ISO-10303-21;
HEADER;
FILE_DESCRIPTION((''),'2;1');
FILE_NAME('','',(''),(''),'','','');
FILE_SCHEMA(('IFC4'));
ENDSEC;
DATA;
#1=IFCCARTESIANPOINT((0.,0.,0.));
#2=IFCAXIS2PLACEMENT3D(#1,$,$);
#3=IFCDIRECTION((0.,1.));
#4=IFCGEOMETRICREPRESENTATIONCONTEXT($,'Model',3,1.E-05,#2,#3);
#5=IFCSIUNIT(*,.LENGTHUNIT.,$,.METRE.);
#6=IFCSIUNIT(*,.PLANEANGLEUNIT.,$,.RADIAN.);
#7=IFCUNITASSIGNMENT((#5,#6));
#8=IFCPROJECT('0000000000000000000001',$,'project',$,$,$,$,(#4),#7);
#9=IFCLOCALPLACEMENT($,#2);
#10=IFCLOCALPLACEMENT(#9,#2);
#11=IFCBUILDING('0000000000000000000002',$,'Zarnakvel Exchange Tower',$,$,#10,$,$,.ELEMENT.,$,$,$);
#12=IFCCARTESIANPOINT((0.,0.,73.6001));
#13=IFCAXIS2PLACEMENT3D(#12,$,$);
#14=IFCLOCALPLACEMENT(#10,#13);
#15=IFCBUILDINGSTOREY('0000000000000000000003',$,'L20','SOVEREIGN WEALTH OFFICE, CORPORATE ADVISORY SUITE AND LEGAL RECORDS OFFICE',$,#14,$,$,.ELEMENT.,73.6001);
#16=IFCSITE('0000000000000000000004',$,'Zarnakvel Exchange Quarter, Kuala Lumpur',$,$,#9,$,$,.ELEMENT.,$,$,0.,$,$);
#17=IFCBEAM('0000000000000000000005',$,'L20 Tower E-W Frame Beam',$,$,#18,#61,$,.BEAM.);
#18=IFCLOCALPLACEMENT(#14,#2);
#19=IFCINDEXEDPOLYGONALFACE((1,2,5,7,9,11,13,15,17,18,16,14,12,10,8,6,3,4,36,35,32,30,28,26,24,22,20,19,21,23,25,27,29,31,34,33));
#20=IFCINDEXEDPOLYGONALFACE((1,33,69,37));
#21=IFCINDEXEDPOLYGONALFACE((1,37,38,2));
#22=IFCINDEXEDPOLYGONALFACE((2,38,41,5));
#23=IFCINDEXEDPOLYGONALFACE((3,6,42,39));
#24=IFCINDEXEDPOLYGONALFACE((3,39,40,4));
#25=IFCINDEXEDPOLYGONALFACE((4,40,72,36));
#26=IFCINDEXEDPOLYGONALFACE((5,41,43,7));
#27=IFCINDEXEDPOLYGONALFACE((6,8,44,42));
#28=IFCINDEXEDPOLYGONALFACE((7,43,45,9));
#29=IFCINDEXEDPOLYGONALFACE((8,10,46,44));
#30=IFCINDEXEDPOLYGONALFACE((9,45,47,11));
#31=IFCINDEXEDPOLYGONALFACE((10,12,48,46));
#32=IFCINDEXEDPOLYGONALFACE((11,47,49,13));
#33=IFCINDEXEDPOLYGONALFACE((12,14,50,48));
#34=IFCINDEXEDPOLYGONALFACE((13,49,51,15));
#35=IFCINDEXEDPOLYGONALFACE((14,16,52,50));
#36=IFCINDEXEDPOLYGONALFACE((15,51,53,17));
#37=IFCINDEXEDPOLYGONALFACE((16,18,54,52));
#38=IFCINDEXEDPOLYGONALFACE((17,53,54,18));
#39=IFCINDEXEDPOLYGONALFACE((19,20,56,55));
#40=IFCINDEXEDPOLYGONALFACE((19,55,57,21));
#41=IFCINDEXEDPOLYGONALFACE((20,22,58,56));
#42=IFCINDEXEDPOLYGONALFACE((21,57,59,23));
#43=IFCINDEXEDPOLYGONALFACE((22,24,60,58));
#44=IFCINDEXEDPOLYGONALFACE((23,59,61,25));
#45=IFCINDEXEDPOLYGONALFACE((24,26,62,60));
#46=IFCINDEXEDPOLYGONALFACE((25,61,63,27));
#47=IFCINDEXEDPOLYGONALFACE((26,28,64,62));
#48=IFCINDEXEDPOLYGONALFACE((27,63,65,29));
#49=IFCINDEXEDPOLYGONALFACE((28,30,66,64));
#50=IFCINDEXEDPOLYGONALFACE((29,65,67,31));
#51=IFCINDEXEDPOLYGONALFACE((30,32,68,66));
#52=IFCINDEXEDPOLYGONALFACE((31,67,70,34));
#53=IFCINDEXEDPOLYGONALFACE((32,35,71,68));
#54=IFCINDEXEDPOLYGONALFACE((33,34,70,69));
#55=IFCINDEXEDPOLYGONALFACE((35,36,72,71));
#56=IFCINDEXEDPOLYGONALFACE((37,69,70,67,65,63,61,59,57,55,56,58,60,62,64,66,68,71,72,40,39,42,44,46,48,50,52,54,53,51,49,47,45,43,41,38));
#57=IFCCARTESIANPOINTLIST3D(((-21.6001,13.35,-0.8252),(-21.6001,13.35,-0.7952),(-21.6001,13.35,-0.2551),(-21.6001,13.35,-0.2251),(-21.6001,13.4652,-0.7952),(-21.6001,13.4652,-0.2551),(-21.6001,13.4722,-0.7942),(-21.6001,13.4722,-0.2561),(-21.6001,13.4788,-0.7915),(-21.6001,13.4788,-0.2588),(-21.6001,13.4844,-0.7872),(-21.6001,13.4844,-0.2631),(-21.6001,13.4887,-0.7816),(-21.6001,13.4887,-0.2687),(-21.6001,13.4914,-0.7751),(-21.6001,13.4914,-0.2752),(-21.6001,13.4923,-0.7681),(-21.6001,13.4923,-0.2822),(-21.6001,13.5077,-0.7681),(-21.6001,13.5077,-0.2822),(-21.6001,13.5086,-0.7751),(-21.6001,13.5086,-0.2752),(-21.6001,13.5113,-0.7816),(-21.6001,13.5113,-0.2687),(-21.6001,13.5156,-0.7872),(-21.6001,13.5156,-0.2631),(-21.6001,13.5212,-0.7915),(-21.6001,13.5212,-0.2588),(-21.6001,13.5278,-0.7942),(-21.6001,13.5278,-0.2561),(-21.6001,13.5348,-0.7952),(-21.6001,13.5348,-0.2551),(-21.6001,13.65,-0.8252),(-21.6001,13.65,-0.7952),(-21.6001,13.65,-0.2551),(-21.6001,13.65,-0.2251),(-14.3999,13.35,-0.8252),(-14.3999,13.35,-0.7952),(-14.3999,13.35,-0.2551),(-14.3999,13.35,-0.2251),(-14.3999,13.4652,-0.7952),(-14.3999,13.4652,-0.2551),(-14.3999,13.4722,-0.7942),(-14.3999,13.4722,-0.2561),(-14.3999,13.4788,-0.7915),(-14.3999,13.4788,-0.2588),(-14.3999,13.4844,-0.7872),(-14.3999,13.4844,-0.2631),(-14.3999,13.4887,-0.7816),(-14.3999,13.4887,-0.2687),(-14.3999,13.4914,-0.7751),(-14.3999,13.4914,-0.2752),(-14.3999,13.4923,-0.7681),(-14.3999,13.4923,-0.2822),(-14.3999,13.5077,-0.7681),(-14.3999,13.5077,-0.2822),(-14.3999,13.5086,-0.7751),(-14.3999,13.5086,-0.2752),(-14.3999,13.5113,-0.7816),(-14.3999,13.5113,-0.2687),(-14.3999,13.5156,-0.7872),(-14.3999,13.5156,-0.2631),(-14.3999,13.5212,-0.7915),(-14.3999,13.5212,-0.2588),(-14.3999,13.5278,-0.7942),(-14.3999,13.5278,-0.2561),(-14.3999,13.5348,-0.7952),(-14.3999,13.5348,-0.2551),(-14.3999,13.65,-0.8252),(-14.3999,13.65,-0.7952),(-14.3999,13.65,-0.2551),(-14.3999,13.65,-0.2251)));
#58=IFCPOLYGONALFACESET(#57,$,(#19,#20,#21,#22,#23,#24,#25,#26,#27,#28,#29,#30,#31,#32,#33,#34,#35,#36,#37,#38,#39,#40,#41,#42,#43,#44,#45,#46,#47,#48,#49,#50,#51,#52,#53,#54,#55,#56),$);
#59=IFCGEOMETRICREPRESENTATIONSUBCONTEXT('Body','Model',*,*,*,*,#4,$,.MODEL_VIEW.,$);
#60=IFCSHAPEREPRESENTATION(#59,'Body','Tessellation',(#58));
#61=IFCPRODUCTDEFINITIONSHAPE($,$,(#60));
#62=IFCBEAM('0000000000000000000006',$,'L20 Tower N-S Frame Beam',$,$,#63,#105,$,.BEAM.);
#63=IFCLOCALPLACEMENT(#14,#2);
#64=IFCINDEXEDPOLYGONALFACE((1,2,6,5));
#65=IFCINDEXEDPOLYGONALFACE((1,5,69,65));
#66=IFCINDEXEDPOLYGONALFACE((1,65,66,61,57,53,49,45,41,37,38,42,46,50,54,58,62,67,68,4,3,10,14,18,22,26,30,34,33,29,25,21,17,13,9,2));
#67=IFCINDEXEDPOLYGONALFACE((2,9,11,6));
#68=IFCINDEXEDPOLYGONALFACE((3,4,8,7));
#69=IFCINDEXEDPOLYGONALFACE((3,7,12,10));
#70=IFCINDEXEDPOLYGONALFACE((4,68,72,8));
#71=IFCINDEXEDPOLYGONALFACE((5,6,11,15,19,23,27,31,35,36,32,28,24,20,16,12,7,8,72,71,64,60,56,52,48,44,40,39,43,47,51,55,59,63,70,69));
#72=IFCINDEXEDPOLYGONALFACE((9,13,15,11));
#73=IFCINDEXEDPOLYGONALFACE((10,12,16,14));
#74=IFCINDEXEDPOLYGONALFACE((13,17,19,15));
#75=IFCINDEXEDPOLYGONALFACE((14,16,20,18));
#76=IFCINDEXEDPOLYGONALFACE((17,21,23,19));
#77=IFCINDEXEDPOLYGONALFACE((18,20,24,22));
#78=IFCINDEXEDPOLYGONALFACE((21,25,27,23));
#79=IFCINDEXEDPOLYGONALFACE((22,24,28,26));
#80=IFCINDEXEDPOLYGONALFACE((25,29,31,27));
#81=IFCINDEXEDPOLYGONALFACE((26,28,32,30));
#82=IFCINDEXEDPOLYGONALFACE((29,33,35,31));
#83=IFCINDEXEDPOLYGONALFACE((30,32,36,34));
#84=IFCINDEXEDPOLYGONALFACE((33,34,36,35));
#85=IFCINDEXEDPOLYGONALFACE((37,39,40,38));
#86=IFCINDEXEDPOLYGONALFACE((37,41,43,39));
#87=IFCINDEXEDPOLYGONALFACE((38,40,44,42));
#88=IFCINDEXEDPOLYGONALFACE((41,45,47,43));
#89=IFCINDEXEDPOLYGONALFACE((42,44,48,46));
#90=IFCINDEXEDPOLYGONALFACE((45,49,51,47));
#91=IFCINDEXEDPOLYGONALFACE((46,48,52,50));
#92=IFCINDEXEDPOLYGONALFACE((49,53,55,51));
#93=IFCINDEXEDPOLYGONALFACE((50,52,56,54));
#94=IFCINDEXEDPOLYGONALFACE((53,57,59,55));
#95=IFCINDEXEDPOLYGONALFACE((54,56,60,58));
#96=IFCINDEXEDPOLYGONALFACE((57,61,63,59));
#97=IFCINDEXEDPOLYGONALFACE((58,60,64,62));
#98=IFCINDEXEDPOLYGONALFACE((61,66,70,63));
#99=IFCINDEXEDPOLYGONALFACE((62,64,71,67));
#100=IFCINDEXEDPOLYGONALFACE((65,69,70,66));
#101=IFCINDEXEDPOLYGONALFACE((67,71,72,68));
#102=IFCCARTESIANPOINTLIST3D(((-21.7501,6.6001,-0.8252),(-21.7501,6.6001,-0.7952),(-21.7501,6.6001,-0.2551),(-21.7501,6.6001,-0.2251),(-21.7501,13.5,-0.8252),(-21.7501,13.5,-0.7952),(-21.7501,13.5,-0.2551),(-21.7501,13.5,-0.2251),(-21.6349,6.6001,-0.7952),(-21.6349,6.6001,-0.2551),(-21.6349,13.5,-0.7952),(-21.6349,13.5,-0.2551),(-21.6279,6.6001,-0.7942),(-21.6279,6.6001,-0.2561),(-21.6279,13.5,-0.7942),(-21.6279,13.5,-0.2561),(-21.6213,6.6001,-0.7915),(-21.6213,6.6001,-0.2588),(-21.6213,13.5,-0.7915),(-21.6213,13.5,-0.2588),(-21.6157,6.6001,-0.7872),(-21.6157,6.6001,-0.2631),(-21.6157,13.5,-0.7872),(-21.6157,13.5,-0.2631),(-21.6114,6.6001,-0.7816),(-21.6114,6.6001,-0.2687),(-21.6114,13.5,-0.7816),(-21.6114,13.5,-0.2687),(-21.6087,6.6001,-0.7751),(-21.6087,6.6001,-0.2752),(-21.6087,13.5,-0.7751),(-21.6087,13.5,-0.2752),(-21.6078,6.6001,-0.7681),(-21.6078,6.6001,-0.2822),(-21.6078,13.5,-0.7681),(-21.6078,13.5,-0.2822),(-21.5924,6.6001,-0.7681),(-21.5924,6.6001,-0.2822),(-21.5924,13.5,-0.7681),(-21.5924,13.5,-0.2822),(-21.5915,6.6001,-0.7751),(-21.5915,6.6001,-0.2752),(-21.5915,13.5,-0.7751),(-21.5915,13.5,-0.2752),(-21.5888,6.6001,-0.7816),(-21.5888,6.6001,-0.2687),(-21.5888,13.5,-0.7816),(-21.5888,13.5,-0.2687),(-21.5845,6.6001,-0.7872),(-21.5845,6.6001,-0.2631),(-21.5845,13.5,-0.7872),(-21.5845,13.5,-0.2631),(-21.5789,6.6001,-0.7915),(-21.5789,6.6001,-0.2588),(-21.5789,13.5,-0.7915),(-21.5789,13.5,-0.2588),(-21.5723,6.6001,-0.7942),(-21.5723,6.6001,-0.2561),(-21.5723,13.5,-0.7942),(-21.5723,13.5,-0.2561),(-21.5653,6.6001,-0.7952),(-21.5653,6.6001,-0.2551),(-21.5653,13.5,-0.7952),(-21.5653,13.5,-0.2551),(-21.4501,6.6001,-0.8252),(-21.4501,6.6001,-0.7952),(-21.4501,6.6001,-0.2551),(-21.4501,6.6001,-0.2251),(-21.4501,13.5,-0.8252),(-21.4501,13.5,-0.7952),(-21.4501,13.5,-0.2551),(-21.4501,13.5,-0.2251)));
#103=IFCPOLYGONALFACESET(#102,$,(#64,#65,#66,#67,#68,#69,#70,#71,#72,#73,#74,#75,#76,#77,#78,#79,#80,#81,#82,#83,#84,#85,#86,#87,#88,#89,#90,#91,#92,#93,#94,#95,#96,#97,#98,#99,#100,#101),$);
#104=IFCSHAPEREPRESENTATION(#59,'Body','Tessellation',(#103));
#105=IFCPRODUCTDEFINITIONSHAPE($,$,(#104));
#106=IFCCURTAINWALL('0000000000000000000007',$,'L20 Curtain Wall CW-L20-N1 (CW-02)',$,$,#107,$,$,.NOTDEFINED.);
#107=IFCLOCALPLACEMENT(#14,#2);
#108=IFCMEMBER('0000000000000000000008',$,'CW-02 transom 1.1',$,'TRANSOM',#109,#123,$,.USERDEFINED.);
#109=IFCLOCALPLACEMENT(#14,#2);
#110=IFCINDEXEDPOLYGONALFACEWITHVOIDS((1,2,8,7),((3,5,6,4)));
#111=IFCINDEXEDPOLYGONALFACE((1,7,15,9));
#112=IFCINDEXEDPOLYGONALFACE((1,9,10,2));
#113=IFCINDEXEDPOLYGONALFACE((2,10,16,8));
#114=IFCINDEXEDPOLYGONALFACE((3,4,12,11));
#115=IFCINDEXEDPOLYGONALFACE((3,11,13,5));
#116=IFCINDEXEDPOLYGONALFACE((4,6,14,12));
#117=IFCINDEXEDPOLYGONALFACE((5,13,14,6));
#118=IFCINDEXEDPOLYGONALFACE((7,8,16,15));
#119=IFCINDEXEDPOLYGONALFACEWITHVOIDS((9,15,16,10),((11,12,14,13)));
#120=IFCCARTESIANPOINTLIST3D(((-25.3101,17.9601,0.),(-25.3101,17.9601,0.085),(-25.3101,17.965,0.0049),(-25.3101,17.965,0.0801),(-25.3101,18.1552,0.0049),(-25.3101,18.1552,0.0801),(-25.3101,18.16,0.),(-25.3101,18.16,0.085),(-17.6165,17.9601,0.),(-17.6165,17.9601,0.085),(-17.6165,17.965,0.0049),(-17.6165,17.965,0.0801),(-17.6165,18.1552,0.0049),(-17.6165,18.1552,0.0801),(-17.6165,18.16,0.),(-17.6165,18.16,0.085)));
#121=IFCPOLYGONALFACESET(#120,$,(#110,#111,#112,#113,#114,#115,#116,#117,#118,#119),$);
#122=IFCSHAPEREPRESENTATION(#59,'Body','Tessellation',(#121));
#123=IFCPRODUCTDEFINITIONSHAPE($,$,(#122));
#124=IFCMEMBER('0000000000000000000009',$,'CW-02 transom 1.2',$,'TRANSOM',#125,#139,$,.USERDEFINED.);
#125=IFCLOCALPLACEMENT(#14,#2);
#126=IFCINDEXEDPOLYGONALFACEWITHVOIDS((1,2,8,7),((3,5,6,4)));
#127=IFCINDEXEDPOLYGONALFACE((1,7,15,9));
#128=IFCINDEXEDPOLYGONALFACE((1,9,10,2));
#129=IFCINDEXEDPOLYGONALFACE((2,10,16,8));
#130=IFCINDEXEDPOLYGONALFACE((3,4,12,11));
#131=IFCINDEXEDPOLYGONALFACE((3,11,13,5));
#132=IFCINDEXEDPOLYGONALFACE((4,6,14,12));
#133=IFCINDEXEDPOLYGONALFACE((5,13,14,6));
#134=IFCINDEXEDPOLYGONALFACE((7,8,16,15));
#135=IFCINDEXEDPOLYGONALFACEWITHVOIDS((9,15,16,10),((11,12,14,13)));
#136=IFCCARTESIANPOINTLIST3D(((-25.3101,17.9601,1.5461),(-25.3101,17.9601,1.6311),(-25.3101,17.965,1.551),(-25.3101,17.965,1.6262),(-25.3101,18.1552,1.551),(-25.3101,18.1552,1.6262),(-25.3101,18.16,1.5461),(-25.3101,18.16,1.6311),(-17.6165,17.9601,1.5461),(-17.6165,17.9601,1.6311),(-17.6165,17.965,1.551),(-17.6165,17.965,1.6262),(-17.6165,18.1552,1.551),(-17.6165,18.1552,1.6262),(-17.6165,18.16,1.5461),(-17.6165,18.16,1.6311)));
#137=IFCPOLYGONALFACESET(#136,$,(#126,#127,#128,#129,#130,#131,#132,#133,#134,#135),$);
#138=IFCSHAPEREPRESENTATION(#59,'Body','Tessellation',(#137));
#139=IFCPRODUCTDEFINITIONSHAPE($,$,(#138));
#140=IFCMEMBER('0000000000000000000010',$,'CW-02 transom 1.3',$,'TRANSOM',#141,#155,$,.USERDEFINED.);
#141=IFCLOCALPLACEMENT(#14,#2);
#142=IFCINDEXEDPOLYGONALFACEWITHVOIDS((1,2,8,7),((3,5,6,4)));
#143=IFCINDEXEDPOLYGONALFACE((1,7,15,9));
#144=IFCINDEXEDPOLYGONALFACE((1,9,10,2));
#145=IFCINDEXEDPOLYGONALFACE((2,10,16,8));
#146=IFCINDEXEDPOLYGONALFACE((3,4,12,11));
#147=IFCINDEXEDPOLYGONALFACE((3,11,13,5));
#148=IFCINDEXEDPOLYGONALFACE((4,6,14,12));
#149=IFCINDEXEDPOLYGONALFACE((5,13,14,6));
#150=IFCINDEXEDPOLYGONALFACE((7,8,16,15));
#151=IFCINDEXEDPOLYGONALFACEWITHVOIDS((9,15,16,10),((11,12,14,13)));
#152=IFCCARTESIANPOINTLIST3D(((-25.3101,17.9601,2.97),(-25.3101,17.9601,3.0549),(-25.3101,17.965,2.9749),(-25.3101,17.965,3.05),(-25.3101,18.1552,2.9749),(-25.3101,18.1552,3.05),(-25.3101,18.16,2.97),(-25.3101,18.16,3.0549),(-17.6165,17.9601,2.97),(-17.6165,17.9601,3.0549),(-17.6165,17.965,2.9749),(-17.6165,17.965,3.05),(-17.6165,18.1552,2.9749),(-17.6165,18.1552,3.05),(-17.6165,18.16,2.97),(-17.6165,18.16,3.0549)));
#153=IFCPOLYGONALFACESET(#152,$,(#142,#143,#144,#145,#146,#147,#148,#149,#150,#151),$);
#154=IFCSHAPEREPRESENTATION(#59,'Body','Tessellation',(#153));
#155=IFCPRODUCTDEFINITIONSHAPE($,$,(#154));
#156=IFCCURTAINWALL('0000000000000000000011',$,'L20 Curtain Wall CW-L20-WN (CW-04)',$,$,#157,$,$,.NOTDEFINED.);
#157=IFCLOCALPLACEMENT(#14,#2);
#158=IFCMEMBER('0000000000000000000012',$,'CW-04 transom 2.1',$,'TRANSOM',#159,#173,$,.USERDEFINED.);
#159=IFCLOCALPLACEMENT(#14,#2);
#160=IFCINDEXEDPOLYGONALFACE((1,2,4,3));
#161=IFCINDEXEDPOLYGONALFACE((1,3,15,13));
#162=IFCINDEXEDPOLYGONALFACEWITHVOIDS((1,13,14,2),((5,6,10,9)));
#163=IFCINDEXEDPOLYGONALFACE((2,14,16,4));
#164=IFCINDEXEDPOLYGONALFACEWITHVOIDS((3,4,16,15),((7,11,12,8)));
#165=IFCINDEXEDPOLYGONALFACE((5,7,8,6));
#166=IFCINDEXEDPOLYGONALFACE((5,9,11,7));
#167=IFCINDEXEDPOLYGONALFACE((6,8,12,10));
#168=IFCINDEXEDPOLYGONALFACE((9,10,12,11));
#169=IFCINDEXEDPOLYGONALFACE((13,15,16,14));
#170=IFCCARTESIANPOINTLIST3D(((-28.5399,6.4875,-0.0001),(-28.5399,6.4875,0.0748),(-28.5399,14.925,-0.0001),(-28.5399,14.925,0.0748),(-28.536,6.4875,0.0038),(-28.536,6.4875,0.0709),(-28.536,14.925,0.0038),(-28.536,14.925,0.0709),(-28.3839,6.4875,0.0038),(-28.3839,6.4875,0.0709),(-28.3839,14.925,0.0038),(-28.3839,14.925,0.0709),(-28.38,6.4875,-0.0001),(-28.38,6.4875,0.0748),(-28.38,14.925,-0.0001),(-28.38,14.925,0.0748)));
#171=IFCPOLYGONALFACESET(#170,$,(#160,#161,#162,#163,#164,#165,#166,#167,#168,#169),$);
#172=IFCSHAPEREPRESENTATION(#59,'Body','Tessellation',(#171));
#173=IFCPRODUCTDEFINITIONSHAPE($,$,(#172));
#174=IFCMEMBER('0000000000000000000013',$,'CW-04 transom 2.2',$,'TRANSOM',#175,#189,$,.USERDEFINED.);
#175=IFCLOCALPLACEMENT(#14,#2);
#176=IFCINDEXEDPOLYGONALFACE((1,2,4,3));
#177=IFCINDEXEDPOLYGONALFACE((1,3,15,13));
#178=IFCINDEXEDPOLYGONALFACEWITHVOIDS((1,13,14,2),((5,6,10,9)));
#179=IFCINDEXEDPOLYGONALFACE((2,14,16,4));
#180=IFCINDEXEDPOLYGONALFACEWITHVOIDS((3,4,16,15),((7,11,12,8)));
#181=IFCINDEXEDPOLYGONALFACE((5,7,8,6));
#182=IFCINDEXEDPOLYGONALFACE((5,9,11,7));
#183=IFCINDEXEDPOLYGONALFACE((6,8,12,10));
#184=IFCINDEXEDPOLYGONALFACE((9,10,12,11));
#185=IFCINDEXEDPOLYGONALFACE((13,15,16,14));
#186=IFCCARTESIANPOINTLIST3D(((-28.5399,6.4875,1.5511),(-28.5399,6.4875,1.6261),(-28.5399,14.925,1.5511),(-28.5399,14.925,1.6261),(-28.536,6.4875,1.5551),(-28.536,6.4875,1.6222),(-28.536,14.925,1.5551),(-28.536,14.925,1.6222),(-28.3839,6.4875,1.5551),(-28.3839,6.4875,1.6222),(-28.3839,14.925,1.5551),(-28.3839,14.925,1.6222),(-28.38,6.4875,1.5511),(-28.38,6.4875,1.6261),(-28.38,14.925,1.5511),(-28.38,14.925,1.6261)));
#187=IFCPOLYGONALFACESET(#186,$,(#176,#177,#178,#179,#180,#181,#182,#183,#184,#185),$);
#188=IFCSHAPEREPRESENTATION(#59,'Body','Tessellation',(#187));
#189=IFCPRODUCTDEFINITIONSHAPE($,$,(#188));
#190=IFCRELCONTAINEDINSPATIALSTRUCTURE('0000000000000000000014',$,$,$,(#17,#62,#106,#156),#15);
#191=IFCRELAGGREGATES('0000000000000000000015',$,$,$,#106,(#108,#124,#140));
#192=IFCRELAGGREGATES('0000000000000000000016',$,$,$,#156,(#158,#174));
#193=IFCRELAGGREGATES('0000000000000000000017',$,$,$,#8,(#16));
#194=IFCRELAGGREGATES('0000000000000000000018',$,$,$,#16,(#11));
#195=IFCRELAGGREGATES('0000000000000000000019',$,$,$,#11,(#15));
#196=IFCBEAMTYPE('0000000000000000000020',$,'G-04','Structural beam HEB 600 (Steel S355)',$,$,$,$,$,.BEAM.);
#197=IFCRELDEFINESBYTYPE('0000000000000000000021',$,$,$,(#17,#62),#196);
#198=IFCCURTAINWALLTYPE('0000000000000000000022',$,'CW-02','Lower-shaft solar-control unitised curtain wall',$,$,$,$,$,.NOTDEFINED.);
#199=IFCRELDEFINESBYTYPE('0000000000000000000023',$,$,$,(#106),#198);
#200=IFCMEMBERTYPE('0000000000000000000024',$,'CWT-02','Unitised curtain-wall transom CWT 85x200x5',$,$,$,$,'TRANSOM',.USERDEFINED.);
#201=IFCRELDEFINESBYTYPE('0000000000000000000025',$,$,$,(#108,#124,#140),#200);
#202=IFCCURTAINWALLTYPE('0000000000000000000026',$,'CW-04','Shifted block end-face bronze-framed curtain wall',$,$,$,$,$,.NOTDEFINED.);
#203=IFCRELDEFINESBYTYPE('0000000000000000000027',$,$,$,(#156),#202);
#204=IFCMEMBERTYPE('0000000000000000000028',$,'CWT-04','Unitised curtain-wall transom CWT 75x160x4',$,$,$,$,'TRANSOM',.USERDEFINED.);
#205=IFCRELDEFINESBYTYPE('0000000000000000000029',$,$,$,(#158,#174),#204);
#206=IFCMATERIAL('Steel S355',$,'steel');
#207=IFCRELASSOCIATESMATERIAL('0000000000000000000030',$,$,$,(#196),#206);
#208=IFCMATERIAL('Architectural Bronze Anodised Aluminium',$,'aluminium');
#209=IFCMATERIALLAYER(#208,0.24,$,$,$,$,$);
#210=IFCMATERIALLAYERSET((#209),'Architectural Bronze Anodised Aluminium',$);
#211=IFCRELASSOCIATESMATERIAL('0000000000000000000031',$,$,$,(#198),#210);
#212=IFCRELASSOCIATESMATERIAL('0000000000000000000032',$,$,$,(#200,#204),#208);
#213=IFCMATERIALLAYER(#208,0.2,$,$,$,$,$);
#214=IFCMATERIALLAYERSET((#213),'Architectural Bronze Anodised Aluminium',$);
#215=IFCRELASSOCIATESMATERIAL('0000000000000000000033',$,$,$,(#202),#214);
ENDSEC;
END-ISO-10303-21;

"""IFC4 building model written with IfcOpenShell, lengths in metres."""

from ifc_helpers import new_model, si_unit, direction, frame, origin, origin_2d, place, context, subcontext, project, spatial, hollow_rectangle, i_section, extrude, source, transform, mapped, material, layer, layer_set, material_profile, profile_set, type_object, element, aggregate, save


model = new_model("IFC4")

# Units and contexts
model_context = context("Model", 3, precision=1e-05, world=origin(), true_north=direction((0.0, 1.0)))
body_context = subcontext(model_context, "Body", "Model", "MODEL_VIEW")
ifc_project = project(units=[si_unit("LENGTHUNIT", "METRE"), si_unit("PLANEANGLEUNIT", "RADIAN")], contexts=[model_context])

# Site, building, storey
site_placement = place(None, origin())
site = spatial("IfcSite", under=ifc_project, at=site_placement, Name="Zarnakvel Exchange Quarter, Kuala Lumpur", CompositionType="ELEMENT", RefElevation=0.0)
building_placement = place(site_placement, origin())
building = spatial("IfcBuilding", under=site, at=building_placement, Name="Zarnakvel Exchange Tower", CompositionType="ELEMENT")
storey_placement = place(building_placement, frame((0.0, 0.0, 73.6001)))
storey = spatial("IfcBuildingStorey", under=building, at=storey_placement, Name="L20", Description="SOVEREIGN WEALTH OFFICE, CORPORATE ADVISORY SUITE AND LEGAL RECORDS OFFICE", CompositionType="ELEMENT", Elevation=73.6001)

# Shared definitions
ifc_material_1 = material(Name="Steel S355", Category="steel")

# Beams
ifc_material_profile_1 = material_profile(ifc_material_1, i_section(OverallWidth=0.3, OverallDepth=0.6001, WebThickness=0.0154, FlangeThickness=0.03, FilletRadius=0.0271, at=origin_2d()))
ifc_profile_set_1 = profile_set([ifc_material_profile_1], Name="Steel S355")
beam_type = type_object("IfcBeamType", Name="G-04", Description="Structural beam HEB 600 (Steel S355)", PredefinedType="BEAM", material=ifc_profile_set_1)
beam_1_placement = place(storey_placement, frame((-21.6001, 13.5, -0.5251), z_axis=(1.0, 0.0, 0.0), x_axis=(0.0, 1.0, 0.0)))
element("IfcBeam", 1, at=beam_1_placement, inside=storey, type_object=beam_type, Name="L20 Tower E-W Frame Beam", PredefinedType="BEAM", context=body_context, shape_type="SweptSolid", body=[
    extrude(i_section(OverallWidth=0.3, OverallDepth=0.6001, WebThickness=0.0154, FlangeThickness=0.03, FilletRadius=0.0271, at=origin_2d()), origin(), (0.0, 0.0, 1.0), 7.2002),
])
beam_2_placement = place(storey_placement, frame((-21.6001, 6.6001, -0.5251), z_axis=(0.0, 1.0, 0.0), x_axis=(-1.0, 0.0, 0.0)))
element("IfcBeam", 2, at=beam_2_placement, inside=storey, type_object=beam_type, Name="L20 Tower N-S Frame Beam", PredefinedType="BEAM", context=body_context, shape_type="SweptSolid", body=[
    extrude(i_section(OverallWidth=0.3, OverallDepth=0.6001, WebThickness=0.0154, FlangeThickness=0.03, FilletRadius=0.0271, at=origin_2d()), origin(), (0.0, 0.0, 1.0), 6.8999),
])

# Curtain walls, members
ifc_material_2 = material(Name="Architectural Bronze Anodised Aluminium", Category="aluminium")
ifc_layer_1 = layer(ifc_material_2, 0.24)
ifc_layer_set_1 = layer_set([ifc_layer_1], Name="Architectural Bronze Anodised Aluminium")
curtain_wall_type_1 = type_object("IfcCurtainWallType", Name="CW-02", Description="Lower-shaft solar-control unitised curtain wall", PredefinedType="NOTDEFINED", material=ifc_layer_set_1)
curtain_wall_1_placement = place(storey_placement, origin())
curtain_wall_1 = element("IfcCurtainWall", 3, at=curtain_wall_1_placement, inside=storey, type_object=curtain_wall_type_1, Name="L20 Curtain Wall CW-L20-N1 (CW-02)", PredefinedType="NOTDEFINED")
ifc_material_profile_2 = material_profile(ifc_material_2, hollow_rectangle(XDim=0.2, YDim=0.085, WallThickness=0.0049, at=origin_2d()))
ifc_profile_set_2 = profile_set([ifc_material_profile_2], Name="Architectural Bronze Anodised Aluminium")
member_type_1 = type_object("IfcMemberType", Name="CWT-02", Description="Unitised curtain-wall transom CWT 85x200x5", ElementType="TRANSOM", PredefinedType="USERDEFINED", material=ifc_profile_set_2)
shared_shape_1 = source(origin(), body_context, "Body", "SweptSolid", [
    extrude(hollow_rectangle(XDim=0.2, YDim=0.085, WallThickness=0.0049, at=origin_2d()), origin(), (0.0, 0.0, 1.0), 7.6936),
])
member_1_placement = place(storey_placement, frame((-25.3101, 18.0601, 0.0425), z_axis=(1.0, 0.0, 0.0), x_axis=(0.0, 1.0, 0.0)))
member_1 = element("IfcMember", 4, at=member_1_placement, type_object=member_type_1, Name="CW-02 transom 1.1", ObjectType="TRANSOM", PredefinedType="USERDEFINED", context=body_context, shape_type="MappedRepresentation", body=[
    mapped(shared_shape_1, transform((0.0, 0.0, 0.0), x_axis=(1.0, 0.0, 0.0), y_axis=(0.0, 1.0, 0.0), z_axis=(0.0, 0.0, 1.0), scale=1.0)),
])
member_2_placement = place(storey_placement, frame((-25.3101, 18.0601, 1.5886), z_axis=(1.0, 0.0, 0.0), x_axis=(0.0, 1.0, 0.0)))
member_2 = element("IfcMember", 5, at=member_2_placement, type_object=member_type_1, Name="CW-02 transom 1.2", ObjectType="TRANSOM", PredefinedType="USERDEFINED", context=body_context, shape_type="MappedRepresentation", body=[
    mapped(shared_shape_1, transform((0.0, 0.0, 0.0), x_axis=(1.0, 0.0, 0.0), y_axis=(0.0, 1.0, 0.0), z_axis=(0.0, 0.0, 1.0), scale=1.0)),
])
member_3_placement = place(storey_placement, frame((-25.3101, 18.0601, 3.0125), z_axis=(1.0, 0.0, 0.0), x_axis=(0.0, 1.0, 0.0)))
member_3 = element("IfcMember", 6, at=member_3_placement, type_object=member_type_1, Name="CW-02 transom 1.3", ObjectType="TRANSOM", PredefinedType="USERDEFINED", context=body_context, shape_type="MappedRepresentation", body=[
    mapped(shared_shape_1, transform((0.0, 0.0, 0.0), x_axis=(1.0, 0.0, 0.0), y_axis=(0.0, 1.0, 0.0), z_axis=(0.0, 0.0, 1.0), scale=1.0)),
])
ifc_layer_2 = layer(ifc_material_2, 0.2)
ifc_layer_set_2 = layer_set([ifc_layer_2], Name="Architectural Bronze Anodised Aluminium")
curtain_wall_type_2 = type_object("IfcCurtainWallType", Name="CW-04", Description="Shifted block end-face bronze-framed curtain wall", PredefinedType="NOTDEFINED", material=ifc_layer_set_2)
curtain_wall_2_placement = place(storey_placement, origin())
curtain_wall_2 = element("IfcCurtainWall", 7, at=curtain_wall_2_placement, inside=storey, type_object=curtain_wall_type_2, Name="L20 Curtain Wall CW-L20-WN (CW-04)", PredefinedType="NOTDEFINED")
ifc_material_profile_3 = material_profile(ifc_material_2, hollow_rectangle(XDim=0.1599, YDim=0.075, WallThickness=0.0039, at=origin_2d()))
ifc_profile_set_3 = profile_set([ifc_material_profile_3], Name="Architectural Bronze Anodised Aluminium")
member_type_2 = type_object("IfcMemberType", Name="CWT-04", Description="Unitised curtain-wall transom CWT 75x160x4", ElementType="TRANSOM", PredefinedType="USERDEFINED", material=ifc_profile_set_3)
shared_shape_2 = source(origin(), body_context, "Body", "SweptSolid", [
    extrude(hollow_rectangle(XDim=0.1599, YDim=0.075, WallThickness=0.0039, at=origin_2d()), origin(), (0.0, 0.0, 1.0), 8.4375),
])
member_4_placement = place(storey_placement, frame((-28.46, 6.4875, 0.0374), z_axis=(0.0, 1.0, 0.0), x_axis=(-1.0, 0.0, 0.0)))
member_4 = element("IfcMember", 8, at=member_4_placement, type_object=member_type_2, Name="CW-04 transom 2.1", ObjectType="TRANSOM", PredefinedType="USERDEFINED", context=body_context, shape_type="MappedRepresentation", body=[
    mapped(shared_shape_2, transform((0.0, 0.0, 0.0), x_axis=(1.0, 0.0, 0.0), y_axis=(0.0, 1.0, 0.0), z_axis=(0.0, 0.0, 1.0), scale=1.0)),
])
member_5_placement = place(storey_placement, frame((-28.46, 6.4875, 1.5886), z_axis=(0.0, 1.0, 0.0), x_axis=(-1.0, 0.0, 0.0)))
member_5 = element("IfcMember", 9, at=member_5_placement, type_object=member_type_2, Name="CW-04 transom 2.2", ObjectType="TRANSOM", PredefinedType="USERDEFINED", context=body_context, shape_type="MappedRepresentation", body=[
    mapped(shared_shape_2, transform((0.0, 0.0, 0.0), x_axis=(1.0, 0.0, 0.0), y_axis=(0.0, 1.0, 0.0), z_axis=(0.0, 0.0, 1.0), scale=1.0)),
])

aggregate(curtain_wall_1, [member_1, member_2, member_3])

aggregate(curtain_wall_2, [member_4, member_5])

save(model, "model.ifc")
